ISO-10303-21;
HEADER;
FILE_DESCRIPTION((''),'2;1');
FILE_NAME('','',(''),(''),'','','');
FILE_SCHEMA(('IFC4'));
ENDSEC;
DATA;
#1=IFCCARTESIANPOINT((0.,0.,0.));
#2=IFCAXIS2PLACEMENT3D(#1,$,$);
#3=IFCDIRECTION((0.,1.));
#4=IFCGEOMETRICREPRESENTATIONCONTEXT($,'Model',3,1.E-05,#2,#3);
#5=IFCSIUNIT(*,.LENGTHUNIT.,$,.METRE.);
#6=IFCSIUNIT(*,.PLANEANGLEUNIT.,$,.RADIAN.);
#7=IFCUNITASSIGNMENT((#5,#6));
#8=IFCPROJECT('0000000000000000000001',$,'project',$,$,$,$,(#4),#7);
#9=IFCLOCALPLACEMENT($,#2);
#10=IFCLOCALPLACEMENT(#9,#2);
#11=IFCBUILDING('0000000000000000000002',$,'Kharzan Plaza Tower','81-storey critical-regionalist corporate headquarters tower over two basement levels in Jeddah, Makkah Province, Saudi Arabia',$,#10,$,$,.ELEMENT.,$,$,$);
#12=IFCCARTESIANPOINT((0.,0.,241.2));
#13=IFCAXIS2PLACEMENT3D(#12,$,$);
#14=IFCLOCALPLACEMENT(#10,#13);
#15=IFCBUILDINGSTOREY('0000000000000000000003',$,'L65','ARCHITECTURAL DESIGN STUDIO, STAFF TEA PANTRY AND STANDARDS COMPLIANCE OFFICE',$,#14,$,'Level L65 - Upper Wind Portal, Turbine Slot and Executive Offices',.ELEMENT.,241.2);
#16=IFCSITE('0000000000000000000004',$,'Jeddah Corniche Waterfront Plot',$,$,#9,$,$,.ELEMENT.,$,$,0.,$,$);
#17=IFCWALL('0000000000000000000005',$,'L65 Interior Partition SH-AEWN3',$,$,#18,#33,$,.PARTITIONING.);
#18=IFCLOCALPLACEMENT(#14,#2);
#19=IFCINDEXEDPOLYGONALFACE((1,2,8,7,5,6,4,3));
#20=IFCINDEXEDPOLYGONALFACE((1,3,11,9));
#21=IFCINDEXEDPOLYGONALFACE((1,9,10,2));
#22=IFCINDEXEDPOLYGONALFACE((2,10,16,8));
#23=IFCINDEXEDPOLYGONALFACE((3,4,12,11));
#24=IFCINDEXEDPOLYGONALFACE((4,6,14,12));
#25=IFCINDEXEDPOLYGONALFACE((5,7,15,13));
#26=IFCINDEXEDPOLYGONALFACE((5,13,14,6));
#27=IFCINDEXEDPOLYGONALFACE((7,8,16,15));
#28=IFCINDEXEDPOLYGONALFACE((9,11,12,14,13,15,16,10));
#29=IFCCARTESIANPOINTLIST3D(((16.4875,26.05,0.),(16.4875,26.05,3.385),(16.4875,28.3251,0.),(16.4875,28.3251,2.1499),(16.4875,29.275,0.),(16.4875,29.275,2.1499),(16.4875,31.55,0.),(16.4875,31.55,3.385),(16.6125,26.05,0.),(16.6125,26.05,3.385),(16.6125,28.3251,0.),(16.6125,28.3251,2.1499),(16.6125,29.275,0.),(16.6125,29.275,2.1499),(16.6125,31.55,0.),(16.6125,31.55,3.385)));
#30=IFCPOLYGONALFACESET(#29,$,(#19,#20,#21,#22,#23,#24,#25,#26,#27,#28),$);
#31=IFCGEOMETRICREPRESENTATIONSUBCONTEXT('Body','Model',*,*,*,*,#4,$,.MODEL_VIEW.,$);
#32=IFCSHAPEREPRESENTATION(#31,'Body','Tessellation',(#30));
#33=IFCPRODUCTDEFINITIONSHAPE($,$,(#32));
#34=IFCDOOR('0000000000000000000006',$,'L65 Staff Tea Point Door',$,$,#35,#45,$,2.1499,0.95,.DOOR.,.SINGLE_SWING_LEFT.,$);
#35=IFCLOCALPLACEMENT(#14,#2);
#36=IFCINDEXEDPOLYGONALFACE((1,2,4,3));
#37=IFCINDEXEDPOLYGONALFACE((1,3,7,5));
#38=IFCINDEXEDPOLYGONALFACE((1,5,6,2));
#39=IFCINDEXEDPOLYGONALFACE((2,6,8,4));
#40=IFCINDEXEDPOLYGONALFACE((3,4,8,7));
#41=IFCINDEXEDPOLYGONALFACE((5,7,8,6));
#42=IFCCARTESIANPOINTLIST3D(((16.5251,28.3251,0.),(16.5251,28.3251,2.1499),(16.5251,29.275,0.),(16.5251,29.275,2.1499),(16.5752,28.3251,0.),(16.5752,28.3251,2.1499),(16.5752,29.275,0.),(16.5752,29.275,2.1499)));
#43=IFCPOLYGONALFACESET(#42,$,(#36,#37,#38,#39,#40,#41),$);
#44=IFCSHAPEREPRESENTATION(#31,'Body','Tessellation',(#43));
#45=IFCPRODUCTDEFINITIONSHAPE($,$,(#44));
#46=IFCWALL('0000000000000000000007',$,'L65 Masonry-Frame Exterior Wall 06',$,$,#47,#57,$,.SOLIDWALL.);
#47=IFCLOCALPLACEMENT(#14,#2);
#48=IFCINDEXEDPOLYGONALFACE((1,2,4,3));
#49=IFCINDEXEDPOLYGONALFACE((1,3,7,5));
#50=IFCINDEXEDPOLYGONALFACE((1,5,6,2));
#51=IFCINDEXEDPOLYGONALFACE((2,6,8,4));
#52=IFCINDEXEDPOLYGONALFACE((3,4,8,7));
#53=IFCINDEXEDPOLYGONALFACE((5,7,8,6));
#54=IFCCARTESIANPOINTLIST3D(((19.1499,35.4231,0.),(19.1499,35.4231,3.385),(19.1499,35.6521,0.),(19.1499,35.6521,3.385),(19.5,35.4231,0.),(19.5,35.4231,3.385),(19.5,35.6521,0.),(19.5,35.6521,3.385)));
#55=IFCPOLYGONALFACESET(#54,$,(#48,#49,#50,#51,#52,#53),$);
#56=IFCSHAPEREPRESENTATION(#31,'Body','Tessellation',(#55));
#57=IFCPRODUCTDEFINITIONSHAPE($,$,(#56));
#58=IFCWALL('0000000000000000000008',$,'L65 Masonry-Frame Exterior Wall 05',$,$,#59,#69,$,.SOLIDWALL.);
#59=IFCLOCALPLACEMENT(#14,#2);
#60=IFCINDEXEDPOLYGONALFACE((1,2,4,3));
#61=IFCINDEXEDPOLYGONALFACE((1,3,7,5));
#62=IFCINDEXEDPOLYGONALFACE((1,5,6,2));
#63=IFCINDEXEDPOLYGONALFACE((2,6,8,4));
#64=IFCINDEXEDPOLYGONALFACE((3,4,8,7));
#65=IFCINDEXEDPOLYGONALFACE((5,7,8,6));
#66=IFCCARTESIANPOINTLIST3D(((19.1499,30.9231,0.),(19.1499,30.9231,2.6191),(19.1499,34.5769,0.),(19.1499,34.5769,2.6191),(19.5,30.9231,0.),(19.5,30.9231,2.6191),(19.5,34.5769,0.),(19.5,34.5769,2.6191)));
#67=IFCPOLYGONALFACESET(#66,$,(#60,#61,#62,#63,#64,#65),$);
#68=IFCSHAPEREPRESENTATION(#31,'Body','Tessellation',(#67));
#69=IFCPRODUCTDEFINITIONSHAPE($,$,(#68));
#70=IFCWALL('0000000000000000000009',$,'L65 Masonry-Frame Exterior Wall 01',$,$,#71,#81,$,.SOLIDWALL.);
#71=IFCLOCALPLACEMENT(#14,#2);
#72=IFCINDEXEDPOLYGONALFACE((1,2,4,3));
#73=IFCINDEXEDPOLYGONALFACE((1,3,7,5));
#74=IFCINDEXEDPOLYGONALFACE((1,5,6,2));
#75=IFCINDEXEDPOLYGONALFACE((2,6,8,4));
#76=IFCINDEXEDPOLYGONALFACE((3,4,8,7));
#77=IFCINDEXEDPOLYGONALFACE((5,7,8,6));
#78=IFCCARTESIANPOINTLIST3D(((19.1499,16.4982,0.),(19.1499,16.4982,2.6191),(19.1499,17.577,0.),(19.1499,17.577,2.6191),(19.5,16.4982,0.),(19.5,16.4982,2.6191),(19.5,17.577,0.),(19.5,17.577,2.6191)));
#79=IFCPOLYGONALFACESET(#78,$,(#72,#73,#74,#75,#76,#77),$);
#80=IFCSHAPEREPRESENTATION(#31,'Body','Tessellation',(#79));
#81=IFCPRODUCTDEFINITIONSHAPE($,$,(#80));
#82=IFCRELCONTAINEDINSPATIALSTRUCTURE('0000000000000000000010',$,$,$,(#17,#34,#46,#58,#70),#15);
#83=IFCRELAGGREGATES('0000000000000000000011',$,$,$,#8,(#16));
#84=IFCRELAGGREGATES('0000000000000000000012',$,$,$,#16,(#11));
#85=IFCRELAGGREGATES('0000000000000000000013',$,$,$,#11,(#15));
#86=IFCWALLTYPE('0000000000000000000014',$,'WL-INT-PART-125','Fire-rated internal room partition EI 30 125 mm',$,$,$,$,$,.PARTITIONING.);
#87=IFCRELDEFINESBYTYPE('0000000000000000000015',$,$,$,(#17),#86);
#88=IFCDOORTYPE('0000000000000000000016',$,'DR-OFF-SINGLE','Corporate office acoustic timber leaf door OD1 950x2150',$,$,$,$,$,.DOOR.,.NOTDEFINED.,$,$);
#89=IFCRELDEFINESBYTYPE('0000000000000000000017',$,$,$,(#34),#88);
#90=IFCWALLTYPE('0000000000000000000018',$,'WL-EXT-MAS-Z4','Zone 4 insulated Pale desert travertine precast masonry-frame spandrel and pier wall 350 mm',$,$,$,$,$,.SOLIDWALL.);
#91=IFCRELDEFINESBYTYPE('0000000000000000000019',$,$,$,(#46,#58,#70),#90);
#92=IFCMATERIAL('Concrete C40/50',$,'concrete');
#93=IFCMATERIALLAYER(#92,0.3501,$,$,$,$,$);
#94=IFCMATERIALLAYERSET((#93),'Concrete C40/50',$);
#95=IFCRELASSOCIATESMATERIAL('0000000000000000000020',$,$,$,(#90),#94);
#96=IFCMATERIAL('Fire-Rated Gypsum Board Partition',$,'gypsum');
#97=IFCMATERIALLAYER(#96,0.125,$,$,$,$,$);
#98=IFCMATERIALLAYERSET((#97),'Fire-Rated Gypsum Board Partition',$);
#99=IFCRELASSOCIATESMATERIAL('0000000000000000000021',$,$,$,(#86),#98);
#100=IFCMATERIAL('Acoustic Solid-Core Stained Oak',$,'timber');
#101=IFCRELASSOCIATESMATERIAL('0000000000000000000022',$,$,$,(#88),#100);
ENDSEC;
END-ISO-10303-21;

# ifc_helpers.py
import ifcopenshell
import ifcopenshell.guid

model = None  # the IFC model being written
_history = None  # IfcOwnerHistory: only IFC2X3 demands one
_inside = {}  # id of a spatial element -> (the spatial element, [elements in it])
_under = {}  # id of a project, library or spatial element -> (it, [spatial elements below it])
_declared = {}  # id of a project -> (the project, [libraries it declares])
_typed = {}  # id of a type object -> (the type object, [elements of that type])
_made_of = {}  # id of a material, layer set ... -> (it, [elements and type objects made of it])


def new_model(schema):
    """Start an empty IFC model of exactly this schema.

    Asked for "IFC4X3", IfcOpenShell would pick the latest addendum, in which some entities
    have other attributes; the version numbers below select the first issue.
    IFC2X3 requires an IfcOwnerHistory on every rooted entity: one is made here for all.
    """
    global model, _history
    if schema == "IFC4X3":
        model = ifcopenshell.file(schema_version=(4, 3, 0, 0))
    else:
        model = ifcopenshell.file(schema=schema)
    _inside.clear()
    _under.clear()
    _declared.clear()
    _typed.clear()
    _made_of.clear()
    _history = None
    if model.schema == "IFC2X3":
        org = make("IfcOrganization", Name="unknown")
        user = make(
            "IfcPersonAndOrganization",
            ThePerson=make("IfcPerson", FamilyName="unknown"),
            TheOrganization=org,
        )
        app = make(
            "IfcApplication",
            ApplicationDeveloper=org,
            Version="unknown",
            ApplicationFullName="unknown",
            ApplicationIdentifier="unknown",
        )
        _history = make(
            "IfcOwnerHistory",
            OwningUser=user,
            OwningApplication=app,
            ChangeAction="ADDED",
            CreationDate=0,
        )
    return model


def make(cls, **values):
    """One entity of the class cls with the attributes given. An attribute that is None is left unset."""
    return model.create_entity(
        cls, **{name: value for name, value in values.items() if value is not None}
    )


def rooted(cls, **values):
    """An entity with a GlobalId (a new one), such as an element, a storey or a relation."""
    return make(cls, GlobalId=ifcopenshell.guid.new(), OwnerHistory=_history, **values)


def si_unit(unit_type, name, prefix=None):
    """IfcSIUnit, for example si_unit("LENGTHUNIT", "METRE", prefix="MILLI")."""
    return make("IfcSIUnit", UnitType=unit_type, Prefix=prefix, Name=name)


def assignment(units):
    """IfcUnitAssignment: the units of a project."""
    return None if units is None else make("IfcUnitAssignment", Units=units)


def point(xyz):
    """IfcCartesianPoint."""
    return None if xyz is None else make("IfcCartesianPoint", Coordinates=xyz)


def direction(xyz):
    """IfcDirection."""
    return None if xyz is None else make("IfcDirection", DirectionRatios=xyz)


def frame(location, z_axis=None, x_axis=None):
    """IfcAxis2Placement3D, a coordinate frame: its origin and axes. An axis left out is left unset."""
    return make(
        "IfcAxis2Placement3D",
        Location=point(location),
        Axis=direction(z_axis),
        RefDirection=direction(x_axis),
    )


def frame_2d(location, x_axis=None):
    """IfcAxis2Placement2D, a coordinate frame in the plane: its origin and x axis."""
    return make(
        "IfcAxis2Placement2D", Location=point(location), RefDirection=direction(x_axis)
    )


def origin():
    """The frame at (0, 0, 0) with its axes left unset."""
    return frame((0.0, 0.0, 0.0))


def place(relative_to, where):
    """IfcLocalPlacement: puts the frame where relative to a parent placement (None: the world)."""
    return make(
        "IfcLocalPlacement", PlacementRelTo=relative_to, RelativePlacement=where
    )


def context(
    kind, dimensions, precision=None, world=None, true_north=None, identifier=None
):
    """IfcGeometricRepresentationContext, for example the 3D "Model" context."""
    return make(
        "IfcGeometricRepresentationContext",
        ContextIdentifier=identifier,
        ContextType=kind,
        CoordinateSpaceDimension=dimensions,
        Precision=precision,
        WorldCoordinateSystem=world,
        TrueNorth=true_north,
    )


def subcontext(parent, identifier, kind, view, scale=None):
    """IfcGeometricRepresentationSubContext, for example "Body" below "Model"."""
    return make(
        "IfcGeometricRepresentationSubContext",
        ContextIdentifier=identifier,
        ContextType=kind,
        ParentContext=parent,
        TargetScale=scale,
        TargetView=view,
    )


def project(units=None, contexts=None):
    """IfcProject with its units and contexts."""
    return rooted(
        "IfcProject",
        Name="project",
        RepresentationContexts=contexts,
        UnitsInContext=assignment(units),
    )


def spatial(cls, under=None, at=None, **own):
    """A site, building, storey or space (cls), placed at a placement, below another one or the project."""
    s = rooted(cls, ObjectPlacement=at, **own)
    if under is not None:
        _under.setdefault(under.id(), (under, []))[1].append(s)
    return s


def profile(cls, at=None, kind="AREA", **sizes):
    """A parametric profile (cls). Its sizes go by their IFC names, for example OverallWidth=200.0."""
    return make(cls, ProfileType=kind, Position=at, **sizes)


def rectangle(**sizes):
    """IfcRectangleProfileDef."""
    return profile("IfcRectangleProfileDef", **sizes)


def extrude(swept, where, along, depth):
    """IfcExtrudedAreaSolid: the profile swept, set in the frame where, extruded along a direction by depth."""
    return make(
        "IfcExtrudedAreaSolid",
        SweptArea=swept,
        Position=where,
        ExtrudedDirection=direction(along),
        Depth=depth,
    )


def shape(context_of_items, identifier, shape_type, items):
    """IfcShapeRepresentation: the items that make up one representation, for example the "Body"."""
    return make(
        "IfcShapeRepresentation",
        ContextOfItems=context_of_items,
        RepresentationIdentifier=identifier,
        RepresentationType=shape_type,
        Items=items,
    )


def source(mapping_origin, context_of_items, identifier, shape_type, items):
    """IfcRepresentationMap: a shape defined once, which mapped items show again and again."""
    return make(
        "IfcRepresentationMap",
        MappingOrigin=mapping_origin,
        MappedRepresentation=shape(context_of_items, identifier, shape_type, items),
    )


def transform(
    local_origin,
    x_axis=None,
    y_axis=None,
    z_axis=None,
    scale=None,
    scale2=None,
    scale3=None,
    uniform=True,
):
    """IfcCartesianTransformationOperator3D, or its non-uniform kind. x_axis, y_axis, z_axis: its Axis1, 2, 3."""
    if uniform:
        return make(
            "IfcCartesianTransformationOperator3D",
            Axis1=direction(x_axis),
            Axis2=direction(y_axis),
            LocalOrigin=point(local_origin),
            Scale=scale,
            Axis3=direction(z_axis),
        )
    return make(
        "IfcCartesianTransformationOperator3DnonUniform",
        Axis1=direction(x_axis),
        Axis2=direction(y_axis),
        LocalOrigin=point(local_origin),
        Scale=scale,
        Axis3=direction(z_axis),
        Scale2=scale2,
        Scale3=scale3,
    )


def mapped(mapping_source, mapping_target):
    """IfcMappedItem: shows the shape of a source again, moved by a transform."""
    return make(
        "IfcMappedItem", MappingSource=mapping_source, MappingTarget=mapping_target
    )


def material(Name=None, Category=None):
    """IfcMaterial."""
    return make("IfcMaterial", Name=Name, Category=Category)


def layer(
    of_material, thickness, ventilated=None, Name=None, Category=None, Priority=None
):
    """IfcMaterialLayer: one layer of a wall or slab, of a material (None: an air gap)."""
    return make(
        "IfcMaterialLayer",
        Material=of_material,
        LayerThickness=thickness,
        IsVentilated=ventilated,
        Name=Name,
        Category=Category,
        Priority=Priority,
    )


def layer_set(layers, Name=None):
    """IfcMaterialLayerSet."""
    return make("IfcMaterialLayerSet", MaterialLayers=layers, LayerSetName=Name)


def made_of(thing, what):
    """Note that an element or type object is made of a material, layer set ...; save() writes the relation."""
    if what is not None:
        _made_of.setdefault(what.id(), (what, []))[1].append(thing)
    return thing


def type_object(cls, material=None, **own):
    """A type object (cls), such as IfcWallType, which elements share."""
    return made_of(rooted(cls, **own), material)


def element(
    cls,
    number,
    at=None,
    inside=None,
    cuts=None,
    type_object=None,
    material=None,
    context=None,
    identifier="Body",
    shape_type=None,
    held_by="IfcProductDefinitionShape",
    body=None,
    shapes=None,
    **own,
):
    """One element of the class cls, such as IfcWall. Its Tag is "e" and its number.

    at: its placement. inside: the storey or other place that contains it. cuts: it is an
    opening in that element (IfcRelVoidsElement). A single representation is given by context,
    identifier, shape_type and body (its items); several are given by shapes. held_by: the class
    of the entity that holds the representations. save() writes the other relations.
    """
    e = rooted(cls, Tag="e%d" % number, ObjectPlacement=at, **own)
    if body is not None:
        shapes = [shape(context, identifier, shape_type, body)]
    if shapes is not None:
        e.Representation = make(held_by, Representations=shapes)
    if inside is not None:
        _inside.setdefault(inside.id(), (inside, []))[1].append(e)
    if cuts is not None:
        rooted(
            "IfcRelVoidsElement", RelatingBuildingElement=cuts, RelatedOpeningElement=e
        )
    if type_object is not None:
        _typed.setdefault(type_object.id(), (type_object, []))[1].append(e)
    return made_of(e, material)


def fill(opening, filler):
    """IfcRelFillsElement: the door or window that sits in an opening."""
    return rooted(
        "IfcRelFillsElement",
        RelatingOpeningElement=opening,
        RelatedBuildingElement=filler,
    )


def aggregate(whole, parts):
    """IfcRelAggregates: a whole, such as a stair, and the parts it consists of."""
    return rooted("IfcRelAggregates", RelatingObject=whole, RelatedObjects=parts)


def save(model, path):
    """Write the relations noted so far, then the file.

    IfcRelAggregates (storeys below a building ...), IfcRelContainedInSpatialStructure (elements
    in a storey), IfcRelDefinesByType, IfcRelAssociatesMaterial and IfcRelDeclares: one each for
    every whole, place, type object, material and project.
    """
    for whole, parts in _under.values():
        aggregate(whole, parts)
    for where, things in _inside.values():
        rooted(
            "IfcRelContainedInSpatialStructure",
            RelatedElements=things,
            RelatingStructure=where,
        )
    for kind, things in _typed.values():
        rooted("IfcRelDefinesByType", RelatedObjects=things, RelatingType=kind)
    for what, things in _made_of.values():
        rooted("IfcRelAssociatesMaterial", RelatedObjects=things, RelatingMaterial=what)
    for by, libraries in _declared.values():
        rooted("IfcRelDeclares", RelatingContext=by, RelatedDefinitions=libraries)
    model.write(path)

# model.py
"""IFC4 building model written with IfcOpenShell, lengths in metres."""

from ifc_helpers import new_model, si_unit, direction, frame, frame_2d, origin, place, context, subcontext, project, spatial, rectangle, extrude, source, transform, mapped, material, layer, layer_set, type_object, element, fill, save


model = new_model("IFC4")

# Units and contexts
model_context = context("Model", 3, precision=1e-05, world=origin(), true_north=direction((0.0, 1.0)))
body_context = subcontext(model_context, "Body", "Model", "MODEL_VIEW")
ifc_project = project(units=[si_unit("LENGTHUNIT", "METRE"), si_unit("PLANEANGLEUNIT", "RADIAN")], contexts=[model_context])

# Site, building, storey
site_placement = place(None, origin())
site = spatial("IfcSite", under=ifc_project, at=site_placement, Name="Jeddah Corniche Waterfront Plot", CompositionType="ELEMENT", RefElevation=0.0)
building_placement = place(site_placement, origin())
building = spatial("IfcBuilding", under=site, at=building_placement, Name="Kharzan Plaza Tower", Description="81-storey critical-regionalist corporate headquarters tower over two basement levels in Jeddah, Makkah Province, Saudi Arabia", CompositionType="ELEMENT")
storey_placement = place(building_placement, frame((0.0, 0.0, 241.2)))
storey = spatial("IfcBuildingStorey", under=building, at=storey_placement, Name="L65", Description="ARCHITECTURAL DESIGN STUDIO, STAFF TEA PANTRY AND STANDARDS COMPLIANCE OFFICE", LongName="Level L65 - Upper Wind Portal, Turbine Slot and Executive Offices", CompositionType="ELEMENT", Elevation=241.2)

# Shared definitions
ifc_material_1 = material(Name="Concrete C40/50", Category="concrete")
ifc_layer_1 = layer(ifc_material_1, 0.3501)
ifc_layer_set_1 = layer_set([ifc_layer_1], Name="Concrete C40/50")
wall_type_1 = type_object("IfcWallType", Name="WL-EXT-MAS-Z4", Description="Zone 4 insulated Pale desert travertine precast masonry-frame spandrel and pier wall 350 mm", PredefinedType="SOLIDWALL", material=ifc_layer_set_1)

# Wall, opening, door
ifc_material_2 = material(Name="Fire-Rated Gypsum Board Partition", Category="gypsum")
ifc_layer_2 = layer(ifc_material_2, 0.125)
ifc_layer_set_2 = layer_set([ifc_layer_2], Name="Fire-Rated Gypsum Board Partition")
wall_type_2 = type_object("IfcWallType", Name="WL-INT-PART-125", Description="Fire-rated internal room partition EI 30 125 mm", PredefinedType="PARTITIONING", material=ifc_layer_set_2)
wall_1_placement = place(storey_placement, frame((16.55, 26.05, 0.0), z_axis=(0.0, 0.0, 1.0), x_axis=(0.0, 1.0, 0.0)))
wall_1 = element("IfcWall", 1, at=wall_1_placement, inside=storey, type_object=wall_type_2, Name="L65 Interior Partition SH-AEWN3", PredefinedType="PARTITIONING", context=body_context, shape_type="SweptSolid", body=[
    extrude(rectangle(XDim=5.5, YDim=0.125, at=frame_2d((2.75, 0.0))), origin(), (0.0, 0.0, 1.0), 3.385),
])
opening_1_placement = place(wall_1_placement, frame((2.2749, 0.0, 0.0)))
opening_1 = element("IfcOpeningElement", 2, at=opening_1_placement, cuts=wall_1, PredefinedType="OPENING", context=body_context, shape_type="SweptSolid", body=[
    extrude(rectangle(XDim=0.95, YDim=2.1499, at=frame_2d((0.4751, 1.075))), frame((0.0, 0.0725, 0.0), z_axis=(0.0, -1.0, 0.0), x_axis=(1.0, 0.0, 0.0)), (0.0, 0.0, 1.0), 0.145),
])
ifc_material_3 = material(Name="Acoustic Solid-Core Stained Oak", Category="timber")
door_type_1 = type_object("IfcDoorType", Name="DR-OFF-SINGLE", Description="Corporate office acoustic timber leaf door OD1 950x2150", OperationType="NOTDEFINED", PredefinedType="DOOR", material=ifc_material_3)
shared_shape_1 = source(origin(), body_context, "Body", "SweptSolid", [
    extrude(rectangle(XDim=0.95, YDim=2.1499, at=frame_2d((0.4751, 1.075))), frame((0.0, 0.0249, 0.0), z_axis=(0.0, -1.0, 0.0), x_axis=(1.0, 0.0, 0.0)), (0.0, 0.0, 1.0), 0.05),
])
door_1_placement = place(opening_1_placement, origin())
door_1 = element("IfcDoor", 3, at=door_1_placement, inside=storey, type_object=door_type_1, Name="L65 Staff Tea Point Door", OperationType="SINGLE_SWING_LEFT", OverallHeight=2.1499, OverallWidth=0.95, PredefinedType="DOOR", context=body_context, shape_type="MappedRepresentation", body=[
    mapped(shared_shape_1, transform((0.0, 0.0, 0.0), x_axis=(1.0, 0.0, 0.0), y_axis=(0.0, 1.0, 0.0), z_axis=(0.0, 0.0, 1.0))),
])
fill(opening_1, door_1)

# Walls
shared_shape_2 = source(origin(), body_context, "Body", "SweptSolid", [
    extrude(rectangle(XDim=0.229, YDim=0.3501, at=frame_2d((0.1145, 0.0))), origin(), (0.0, 0.0, 1.0), 3.385),
])
wall_2_placement = place(storey_placement, frame((19.325, 35.4231, 0.0), z_axis=(0.0, 0.0, 1.0), x_axis=(0.0, 1.0, 0.0)))
element("IfcWall", 4, at=wall_2_placement, inside=storey, type_object=wall_type_1, Name="L65 Masonry-Frame Exterior Wall 06", PredefinedType="SOLIDWALL", context=body_context, shape_type="MappedRepresentation", body=[
    mapped(shared_shape_2, transform((0.0, 0.0, 0.0), x_axis=(1.0, 0.0, 0.0), y_axis=(0.0, 1.0, 0.0), z_axis=(0.0, 0.0, 1.0))),
])
shared_shape_3 = source(origin(), body_context, "Body", "SweptSolid", [
    extrude(rectangle(XDim=3.6538, YDim=0.3501, at=frame_2d((1.8269, 0.0))), origin(), (0.0, 0.0, 1.0), 2.6191),
])
wall_3_placement = place(storey_placement, frame((19.325, 30.9231, 0.0), z_axis=(0.0, 0.0, 1.0), x_axis=(0.0, 1.0, 0.0)))
element("IfcWall", 5, at=wall_3_placement, inside=storey, type_object=wall_type_1, Name="L65 Masonry-Frame Exterior Wall 05", PredefinedType="SOLIDWALL", context=body_context, shape_type="MappedRepresentation", body=[
    mapped(shared_shape_3, transform((0.0, 0.0, 0.0), x_axis=(1.0, 0.0, 0.0), y_axis=(0.0, 1.0, 0.0), z_axis=(0.0, 0.0, 1.0))),
])
shared_shape_4 = source(origin(), body_context, "Body", "SweptSolid", [
    extrude(rectangle(XDim=1.0789, YDim=0.3501, at=frame_2d((0.5396, 0.0))), origin(), (0.0, 0.0, 1.0), 2.6191),
])
wall_4_placement = place(storey_placement, frame((19.325, 16.498, 0.0), z_axis=(0.0, 0.0, 1.0), x_axis=(0.0, 1.0, 0.0)))
element("IfcWall", 6, at=wall_4_placement, inside=storey, type_object=wall_type_1, Name="L65 Masonry-Frame Exterior Wall 01", PredefinedType="SOLIDWALL", context=body_context, shape_type="MappedRepresentation", body=[
    mapped(shared_shape_4, transform((0.0, 0.0, 0.0), x_axis=(1.0, 0.0, 0.0), y_axis=(0.0, 1.0, 0.0), z_axis=(0.0, 0.0, 1.0))),
])

save(model, "model.ifc")
